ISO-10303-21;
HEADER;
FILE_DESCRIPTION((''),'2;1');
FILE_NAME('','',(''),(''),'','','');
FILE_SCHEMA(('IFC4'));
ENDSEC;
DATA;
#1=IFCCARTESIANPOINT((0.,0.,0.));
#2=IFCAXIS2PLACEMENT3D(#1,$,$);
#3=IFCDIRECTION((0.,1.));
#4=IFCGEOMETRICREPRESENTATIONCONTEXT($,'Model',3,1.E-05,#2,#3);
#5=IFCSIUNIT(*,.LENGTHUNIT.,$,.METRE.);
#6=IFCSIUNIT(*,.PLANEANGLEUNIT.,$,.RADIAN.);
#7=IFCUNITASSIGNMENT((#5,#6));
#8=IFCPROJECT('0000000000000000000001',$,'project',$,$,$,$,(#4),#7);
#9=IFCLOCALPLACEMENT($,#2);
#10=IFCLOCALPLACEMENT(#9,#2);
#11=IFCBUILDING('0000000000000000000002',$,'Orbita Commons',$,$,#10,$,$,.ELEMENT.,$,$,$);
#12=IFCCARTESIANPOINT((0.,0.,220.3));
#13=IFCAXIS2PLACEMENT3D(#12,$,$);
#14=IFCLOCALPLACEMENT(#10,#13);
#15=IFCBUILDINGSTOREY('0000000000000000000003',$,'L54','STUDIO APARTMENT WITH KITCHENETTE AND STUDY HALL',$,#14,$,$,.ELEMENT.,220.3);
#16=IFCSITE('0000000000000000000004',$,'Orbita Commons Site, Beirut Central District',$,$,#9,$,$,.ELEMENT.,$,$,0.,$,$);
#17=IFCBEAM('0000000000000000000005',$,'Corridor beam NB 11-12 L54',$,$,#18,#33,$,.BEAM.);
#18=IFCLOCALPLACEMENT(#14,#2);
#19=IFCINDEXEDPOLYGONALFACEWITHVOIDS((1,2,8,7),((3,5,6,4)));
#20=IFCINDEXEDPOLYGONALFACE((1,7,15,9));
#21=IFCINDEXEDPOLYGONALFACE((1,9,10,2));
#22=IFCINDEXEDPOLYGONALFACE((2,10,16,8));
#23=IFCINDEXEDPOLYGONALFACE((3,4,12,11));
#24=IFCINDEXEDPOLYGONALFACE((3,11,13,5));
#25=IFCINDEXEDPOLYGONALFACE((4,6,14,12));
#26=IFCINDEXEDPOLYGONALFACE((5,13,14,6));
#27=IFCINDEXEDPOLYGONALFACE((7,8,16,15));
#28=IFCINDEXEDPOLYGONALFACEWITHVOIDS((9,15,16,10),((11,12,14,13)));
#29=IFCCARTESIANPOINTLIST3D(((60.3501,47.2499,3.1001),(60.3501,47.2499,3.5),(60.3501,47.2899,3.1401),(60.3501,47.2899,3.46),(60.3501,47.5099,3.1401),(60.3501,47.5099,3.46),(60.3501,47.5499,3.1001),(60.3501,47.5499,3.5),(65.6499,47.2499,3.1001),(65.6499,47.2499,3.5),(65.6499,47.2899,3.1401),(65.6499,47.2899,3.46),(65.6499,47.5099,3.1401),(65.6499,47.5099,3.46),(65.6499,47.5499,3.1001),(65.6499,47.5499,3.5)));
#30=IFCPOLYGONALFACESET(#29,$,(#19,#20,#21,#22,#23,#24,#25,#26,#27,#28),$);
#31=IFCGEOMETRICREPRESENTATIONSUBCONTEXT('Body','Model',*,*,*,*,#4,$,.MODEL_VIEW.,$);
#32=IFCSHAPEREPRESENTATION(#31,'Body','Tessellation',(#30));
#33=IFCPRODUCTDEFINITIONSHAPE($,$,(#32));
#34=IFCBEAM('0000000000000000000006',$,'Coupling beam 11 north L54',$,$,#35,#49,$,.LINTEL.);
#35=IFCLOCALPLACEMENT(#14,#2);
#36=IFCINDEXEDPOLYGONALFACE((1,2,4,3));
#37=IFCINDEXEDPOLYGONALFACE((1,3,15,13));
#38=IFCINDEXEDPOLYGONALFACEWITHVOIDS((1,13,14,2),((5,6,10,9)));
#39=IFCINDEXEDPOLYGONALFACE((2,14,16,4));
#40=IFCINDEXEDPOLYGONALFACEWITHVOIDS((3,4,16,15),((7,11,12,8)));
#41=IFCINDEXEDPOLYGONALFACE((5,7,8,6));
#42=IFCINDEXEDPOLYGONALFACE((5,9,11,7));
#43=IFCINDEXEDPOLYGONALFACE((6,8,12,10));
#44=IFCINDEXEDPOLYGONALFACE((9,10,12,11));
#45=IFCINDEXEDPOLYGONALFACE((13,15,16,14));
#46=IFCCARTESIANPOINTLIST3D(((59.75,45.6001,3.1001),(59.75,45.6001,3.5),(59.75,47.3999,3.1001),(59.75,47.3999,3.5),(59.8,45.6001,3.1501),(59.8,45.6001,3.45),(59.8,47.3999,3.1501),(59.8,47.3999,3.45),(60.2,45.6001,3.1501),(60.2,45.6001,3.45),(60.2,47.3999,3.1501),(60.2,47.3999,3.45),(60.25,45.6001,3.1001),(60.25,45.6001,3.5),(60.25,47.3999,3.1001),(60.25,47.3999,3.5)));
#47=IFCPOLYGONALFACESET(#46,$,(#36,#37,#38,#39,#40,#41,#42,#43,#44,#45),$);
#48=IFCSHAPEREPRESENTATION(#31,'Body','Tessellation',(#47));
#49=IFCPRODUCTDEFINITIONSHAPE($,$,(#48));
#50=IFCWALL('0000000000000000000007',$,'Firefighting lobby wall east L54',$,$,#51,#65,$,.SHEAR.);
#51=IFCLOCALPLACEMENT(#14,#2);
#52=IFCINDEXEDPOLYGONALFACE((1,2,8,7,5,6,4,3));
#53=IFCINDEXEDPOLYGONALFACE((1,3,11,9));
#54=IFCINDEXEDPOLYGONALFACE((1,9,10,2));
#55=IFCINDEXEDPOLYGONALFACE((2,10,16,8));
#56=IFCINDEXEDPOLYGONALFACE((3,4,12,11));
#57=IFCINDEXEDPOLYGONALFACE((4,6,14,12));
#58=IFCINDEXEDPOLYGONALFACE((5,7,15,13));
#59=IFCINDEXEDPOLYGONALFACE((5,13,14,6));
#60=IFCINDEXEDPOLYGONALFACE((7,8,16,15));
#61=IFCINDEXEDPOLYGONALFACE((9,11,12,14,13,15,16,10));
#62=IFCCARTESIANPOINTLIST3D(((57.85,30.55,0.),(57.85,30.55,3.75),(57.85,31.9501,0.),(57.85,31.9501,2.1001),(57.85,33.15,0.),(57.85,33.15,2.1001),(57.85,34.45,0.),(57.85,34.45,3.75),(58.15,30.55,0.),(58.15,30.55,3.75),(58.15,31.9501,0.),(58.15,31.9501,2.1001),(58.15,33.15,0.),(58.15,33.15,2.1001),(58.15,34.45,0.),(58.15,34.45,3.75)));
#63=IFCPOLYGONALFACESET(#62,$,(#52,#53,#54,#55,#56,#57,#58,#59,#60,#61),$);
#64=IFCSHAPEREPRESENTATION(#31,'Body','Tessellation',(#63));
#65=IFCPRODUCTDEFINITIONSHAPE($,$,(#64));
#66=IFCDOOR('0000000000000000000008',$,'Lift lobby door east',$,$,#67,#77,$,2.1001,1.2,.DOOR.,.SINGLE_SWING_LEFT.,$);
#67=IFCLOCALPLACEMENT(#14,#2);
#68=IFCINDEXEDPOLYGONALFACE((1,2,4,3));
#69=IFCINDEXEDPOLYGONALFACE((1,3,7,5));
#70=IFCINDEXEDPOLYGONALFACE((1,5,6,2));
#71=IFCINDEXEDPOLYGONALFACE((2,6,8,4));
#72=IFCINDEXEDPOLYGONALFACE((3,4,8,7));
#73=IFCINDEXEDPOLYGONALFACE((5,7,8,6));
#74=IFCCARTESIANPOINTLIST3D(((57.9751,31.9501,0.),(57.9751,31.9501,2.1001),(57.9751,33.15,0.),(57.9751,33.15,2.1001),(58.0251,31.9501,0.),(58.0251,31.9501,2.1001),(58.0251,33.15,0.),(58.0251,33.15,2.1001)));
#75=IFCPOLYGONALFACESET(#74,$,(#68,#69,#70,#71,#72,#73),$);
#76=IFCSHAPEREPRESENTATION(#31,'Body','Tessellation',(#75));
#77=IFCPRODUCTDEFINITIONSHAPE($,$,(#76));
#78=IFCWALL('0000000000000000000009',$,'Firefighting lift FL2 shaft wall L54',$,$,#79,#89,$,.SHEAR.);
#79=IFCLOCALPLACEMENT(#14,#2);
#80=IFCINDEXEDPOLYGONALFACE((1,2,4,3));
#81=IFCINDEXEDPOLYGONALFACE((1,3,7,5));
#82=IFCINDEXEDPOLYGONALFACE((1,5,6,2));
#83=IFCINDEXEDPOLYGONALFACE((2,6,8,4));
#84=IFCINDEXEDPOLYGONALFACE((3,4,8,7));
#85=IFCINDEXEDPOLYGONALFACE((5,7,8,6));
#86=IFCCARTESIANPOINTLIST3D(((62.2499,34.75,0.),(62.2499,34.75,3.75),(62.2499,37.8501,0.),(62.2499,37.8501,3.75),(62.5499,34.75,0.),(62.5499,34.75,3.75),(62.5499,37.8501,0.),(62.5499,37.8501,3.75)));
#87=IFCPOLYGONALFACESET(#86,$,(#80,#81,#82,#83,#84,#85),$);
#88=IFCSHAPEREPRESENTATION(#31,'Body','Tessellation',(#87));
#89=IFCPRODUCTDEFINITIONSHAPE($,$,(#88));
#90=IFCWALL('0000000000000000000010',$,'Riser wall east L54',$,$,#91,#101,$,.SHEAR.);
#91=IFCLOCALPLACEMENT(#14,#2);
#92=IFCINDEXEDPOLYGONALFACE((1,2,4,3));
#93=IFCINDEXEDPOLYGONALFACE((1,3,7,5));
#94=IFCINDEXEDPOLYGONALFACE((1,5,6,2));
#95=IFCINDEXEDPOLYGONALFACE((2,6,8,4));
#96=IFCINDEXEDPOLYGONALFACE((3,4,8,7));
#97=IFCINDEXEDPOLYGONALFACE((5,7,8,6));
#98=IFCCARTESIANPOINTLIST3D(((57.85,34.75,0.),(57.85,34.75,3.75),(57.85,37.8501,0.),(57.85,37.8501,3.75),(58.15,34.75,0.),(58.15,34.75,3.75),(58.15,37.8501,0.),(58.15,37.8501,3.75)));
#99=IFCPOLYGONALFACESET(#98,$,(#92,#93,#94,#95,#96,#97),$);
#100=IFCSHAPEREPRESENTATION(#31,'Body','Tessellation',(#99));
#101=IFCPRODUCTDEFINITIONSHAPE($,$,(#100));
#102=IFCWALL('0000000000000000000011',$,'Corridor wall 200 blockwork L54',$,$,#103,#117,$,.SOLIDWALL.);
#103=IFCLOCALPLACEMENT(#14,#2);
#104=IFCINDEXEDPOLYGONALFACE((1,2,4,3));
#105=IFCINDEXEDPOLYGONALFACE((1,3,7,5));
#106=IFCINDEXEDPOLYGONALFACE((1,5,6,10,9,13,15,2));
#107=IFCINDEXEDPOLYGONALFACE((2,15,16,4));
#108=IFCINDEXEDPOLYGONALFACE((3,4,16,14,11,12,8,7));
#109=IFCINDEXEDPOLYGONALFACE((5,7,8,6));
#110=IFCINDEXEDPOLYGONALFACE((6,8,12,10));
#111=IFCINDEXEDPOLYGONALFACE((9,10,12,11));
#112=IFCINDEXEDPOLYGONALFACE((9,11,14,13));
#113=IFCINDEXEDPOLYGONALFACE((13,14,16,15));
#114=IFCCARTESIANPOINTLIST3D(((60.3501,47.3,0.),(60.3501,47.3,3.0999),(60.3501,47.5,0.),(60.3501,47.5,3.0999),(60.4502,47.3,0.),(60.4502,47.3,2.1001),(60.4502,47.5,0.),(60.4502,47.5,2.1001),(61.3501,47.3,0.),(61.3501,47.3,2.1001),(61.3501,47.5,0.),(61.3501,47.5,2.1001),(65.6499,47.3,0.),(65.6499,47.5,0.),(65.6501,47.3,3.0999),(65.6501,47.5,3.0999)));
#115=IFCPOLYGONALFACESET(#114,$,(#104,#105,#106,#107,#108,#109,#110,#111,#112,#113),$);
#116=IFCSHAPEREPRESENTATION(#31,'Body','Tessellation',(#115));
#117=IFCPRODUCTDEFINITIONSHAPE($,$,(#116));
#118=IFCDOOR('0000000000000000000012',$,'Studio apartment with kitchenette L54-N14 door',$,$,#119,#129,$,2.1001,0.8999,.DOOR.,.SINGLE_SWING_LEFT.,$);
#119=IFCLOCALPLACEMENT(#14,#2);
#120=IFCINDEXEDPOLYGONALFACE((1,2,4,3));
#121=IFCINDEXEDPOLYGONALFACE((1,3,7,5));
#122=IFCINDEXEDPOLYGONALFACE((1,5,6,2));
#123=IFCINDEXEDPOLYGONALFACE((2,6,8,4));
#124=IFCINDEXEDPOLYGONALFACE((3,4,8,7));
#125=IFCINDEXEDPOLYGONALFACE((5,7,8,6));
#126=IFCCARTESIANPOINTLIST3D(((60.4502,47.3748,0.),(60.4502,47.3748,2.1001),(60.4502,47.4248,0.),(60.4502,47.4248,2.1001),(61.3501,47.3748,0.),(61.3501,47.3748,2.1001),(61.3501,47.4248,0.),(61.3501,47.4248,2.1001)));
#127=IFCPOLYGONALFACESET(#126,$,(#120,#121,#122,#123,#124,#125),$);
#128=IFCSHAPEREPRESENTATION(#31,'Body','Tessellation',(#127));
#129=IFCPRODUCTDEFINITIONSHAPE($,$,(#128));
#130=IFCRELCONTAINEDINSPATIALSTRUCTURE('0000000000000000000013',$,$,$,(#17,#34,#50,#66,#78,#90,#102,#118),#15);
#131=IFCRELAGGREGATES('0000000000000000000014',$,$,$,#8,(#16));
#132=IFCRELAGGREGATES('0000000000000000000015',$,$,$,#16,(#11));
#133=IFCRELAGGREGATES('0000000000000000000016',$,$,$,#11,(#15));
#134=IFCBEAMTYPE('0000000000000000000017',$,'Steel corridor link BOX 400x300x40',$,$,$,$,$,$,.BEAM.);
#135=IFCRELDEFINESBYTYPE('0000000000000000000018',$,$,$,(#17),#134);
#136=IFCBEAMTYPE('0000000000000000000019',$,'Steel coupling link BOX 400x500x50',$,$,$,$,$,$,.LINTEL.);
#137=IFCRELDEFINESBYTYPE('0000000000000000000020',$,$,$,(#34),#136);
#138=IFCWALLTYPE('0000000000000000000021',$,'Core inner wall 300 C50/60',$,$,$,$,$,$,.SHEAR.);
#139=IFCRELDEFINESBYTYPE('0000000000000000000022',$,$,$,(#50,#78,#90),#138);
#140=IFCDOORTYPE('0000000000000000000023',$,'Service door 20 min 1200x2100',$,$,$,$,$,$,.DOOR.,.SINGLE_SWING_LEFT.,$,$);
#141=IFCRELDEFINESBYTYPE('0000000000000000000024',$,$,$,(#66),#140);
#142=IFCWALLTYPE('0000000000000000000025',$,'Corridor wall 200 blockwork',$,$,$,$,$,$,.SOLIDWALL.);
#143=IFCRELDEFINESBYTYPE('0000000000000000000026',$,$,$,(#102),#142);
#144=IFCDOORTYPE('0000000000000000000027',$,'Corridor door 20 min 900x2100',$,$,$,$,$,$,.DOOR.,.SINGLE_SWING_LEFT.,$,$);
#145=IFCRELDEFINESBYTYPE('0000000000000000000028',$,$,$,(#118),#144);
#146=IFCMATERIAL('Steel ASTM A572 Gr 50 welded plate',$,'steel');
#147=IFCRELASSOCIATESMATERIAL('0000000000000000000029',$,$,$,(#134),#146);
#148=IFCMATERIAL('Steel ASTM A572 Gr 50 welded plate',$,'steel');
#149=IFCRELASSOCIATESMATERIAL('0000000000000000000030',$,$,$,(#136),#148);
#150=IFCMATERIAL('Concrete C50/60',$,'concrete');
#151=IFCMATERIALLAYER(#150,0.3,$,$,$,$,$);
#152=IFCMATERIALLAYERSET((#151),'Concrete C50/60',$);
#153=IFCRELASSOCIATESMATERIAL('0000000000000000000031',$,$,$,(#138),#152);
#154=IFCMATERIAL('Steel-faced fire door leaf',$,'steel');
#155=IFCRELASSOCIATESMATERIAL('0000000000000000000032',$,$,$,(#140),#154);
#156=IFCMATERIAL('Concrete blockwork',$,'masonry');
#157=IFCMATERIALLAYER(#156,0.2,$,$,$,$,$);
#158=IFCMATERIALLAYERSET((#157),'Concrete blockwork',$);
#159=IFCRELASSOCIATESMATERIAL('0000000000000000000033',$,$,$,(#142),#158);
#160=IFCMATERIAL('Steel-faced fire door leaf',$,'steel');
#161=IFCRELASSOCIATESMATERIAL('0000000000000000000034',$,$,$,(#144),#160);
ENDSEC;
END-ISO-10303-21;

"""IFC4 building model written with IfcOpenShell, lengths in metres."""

from ifc_helpers import new_model, si_unit, direction, frame, frame_2d, origin, origin_2d, place, context, subcontext, project, spatial, polyline, rectangle, hollow_rectangle, outline, extrude, material, layer, layer_set, material_profile, profile_set, type_object, element, fill, save


model = new_model("IFC4")

# Units and contexts
model_context = context("Model", 3, precision=1e-05, world=origin(), true_north=direction((0.0, 1.0)))
body_context = subcontext(model_context, "Body", "Model", "MODEL_VIEW")
ifc_project = project(units=[si_unit("LENGTHUNIT", "METRE"), si_unit("PLANEANGLEUNIT", "RADIAN")], contexts=[model_context])

# Site, building, storey
site_placement = place(None, origin())
site = spatial("IfcSite", under=ifc_project, at=site_placement, Name="Orbita Commons Site, Beirut Central District", CompositionType="ELEMENT", RefElevation=0.0)
building_placement = place(site_placement, origin())
building = spatial("IfcBuilding", under=site, at=building_placement, Name="Orbita Commons", CompositionType="ELEMENT")
storey_placement = place(building_placement, frame((0.0, 0.0, 220.3)))
storey = spatial("IfcBuildingStorey", under=building, at=storey_placement, Name="L54", Description="STUDIO APARTMENT WITH KITCHENETTE AND STUDY HALL", CompositionType="ELEMENT", Elevation=220.3)

# Beams
ifc_material_1 = material(Name="Steel ASTM A572 Gr 50 welded plate", Category="steel")
ifc_material_profile_1 = material_profile(ifc_material_1, hollow_rectangle(XDim=0.3, YDim=0.3999, WallThickness=0.04, at=origin_2d()), Name="BOX 400x300x40")
ifc_profile_set_1 = profile_set([ifc_material_profile_1], Name="Steel ASTM A572 Gr 50 welded plate")
beam_type_1 = type_object("IfcBeamType", Name="Steel corridor link BOX 400x300x40", PredefinedType="BEAM", material=ifc_profile_set_1)
beam_1_placement = place(storey_placement, frame((60.3501, 47.3999, 3.3), z_axis=(1.0, 0.0, 0.0), x_axis=(0.0, 1.0, 0.0)))
element("IfcBeam", 1, at=beam_1_placement, inside=storey, type_object=beam_type_1, Name="Corridor beam NB 11-12 L54", PredefinedType="BEAM", context=body_context, shape_type="SweptSolid", body=[
    extrude(hollow_rectangle(XDim=0.3, YDim=0.3999, WallThickness=0.04, at=origin_2d()), origin(), (0.0, 0.0, 1.0), 5.2998),
])
ifc_material_2 = material(Name="Steel ASTM A572 Gr 50 welded plate", Category="steel")
ifc_material_profile_2 = material_profile(ifc_material_2, hollow_rectangle(XDim=0.5, YDim=0.3999, WallThickness=0.05, at=origin_2d()), Name="BOX 400x500x50")
ifc_profile_set_2 = profile_set([ifc_material_profile_2], Name="Steel ASTM A572 Gr 50 welded plate")
beam_type_2 = type_object("IfcBeamType", Name="Steel coupling link BOX 400x500x50", PredefinedType="LINTEL", material=ifc_profile_set_2)
beam_2_placement = place(storey_placement, frame((60.0, 45.6001, 3.3), z_axis=(0.0, 1.0, 0.0), x_axis=(-1.0, 0.0, 0.0)))
element("IfcBeam", 2, at=beam_2_placement, inside=storey, type_object=beam_type_2, Name="Coupling beam 11 north L54", PredefinedType="LINTEL", context=body_context, shape_type="SweptSolid", body=[
    extrude(hollow_rectangle(XDim=0.5, YDim=0.3999, WallThickness=0.05, at=origin_2d()), origin(), (0.0, 0.0, 1.0), 1.7998),
])

# Wall, opening, door
ifc_material_3 = material(Name="Concrete C50/60", Category="concrete")
ifc_layer_1 = layer(ifc_material_3, 0.3)
ifc_layer_set_1 = layer_set([ifc_layer_1], Name="Concrete C50/60")
wall_type_1 = type_object("IfcWallType", Name="Core inner wall 300 C50/60", PredefinedType="SHEAR", material=ifc_layer_set_1)
wall_1_placement = place(storey_placement, frame((58.0, 30.55, 0.0), z_axis=(0.0, 0.0, 1.0), x_axis=(0.0, 1.0, 0.0)))
wall_1 = element("IfcWall", 3, at=wall_1_placement, inside=storey, type_object=wall_type_1, Name="Firefighting lobby wall east L54", PredefinedType="SHEAR", context=body_context, shape_type="SweptSolid", body=[
    extrude(rectangle(XDim=3.8999, YDim=0.3, at=frame_2d((1.95, 0.0))), origin(), (0.0, 0.0, 1.0), 3.75),
])
opening_1_placement = place(wall_1_placement, frame((1.3999, 0.0, 0.0)))
opening_1 = element("IfcOpeningElement", 4, at=opening_1_placement, cuts=wall_1, PredefinedType="OPENING", context=body_context, shape_type="SweptSolid", body=[
    extrude(rectangle(XDim=1.2, YDim=2.1001, at=frame_2d((0.6001, 1.05))), frame((0.0, 0.1599, 0.0), z_axis=(0.0, -1.0, 0.0), x_axis=(1.0, 0.0, 0.0)), (0.0, 0.0, 1.0), 0.3201),
])
ifc_material_4 = material(Name="Steel-faced fire door leaf", Category="steel")
door_type_1 = type_object("IfcDoorType", Name="Service door 20 min 1200x2100", OperationType="SINGLE_SWING_LEFT", PredefinedType="DOOR", material=ifc_material_4)
door_1_placement = place(opening_1_placement, origin())
door_1 = element("IfcDoor", 5, at=door_1_placement, inside=storey, type_object=door_type_1, Name="Lift lobby door east", OperationType="SINGLE_SWING_LEFT", OverallHeight=2.1001, OverallWidth=1.2, PredefinedType="DOOR", context=body_context, shape_type="SweptSolid", body=[
    extrude(rectangle(XDim=1.2, YDim=2.1001, at=frame_2d((0.6001, 1.05))), frame((0.0, 0.0249, 0.0), z_axis=(0.0, -1.0, 0.0), x_axis=(1.0, 0.0, 0.0)), (0.0, 0.0, 1.0), 0.05),
])
fill(opening_1, door_1)

# Walls
for number, where, z_axis, x_axis, name in (
    (6, (62.3999, 34.75, 0.0), (0.0, 0.0, 1.0), (0.0, 1.0, 0.0), "Firefighting lift FL2 shaft wall L54"),
    (7, (58.0, 34.75, 0.0), (0.0, 0.0, 1.0), (0.0, 1.0, 0.0), "Riser wall east L54"),
):
    element("IfcWall", number, at=place(storey_placement, frame(where, z_axis=z_axis, x_axis=x_axis)), inside=storey, type_object=wall_type_1, Name=name, PredefinedType="SHEAR", context=body_context, shape_type="SweptSolid", body=[
        extrude(rectangle(XDim=3.1001, YDim=0.3, at=frame_2d((1.55, 0.0))), origin(), (0.0, 0.0, 1.0), 3.75),
    ])

# Wall, opening, door
ifc_material_5 = material(Name="Concrete blockwork", Category="masonry")
ifc_layer_2 = layer(ifc_material_5, 0.2)
ifc_layer_set_2 = layer_set([ifc_layer_2], Name="Concrete blockwork")
wall_type_2 = type_object("IfcWallType", Name="Corridor wall 200 blockwork", PredefinedType="SOLIDWALL", material=ifc_layer_set_2)
wall_2_placement = place(storey_placement, frame((60.3501, 47.3999, 0.0), z_axis=(0.0, 0.0, 1.0), x_axis=(1.0, 0.0, 0.0)))
wall_2 = element("IfcWall", 8, at=wall_2_placement, inside=storey, type_object=wall_type_2, Name="Corridor wall 200 blockwork L54", PredefinedType="SOLIDWALL", context=body_context, shape_type="SweptSolid", body=[
    extrude(outline(polyline([(0.0, 0.0), (5.2998, 0.0), (5.3, 3.0999), (0.0, 3.0999), (0.0, 0.0)])), frame((0.0, 0.1001, 0.0), z_axis=(0.0, -1.0, 0.0), x_axis=(1.0, 0.0, 0.0)), (0.0, 0.0, 1.0), 0.2),
])
opening_2_placement = place(wall_2_placement, frame((0.1001, 0.0, 0.0)))
opening_2 = element("IfcOpeningElement", 9, at=opening_2_placement, cuts=wall_2, PredefinedType="OPENING", context=body_context, shape_type="SweptSolid", body=[
    extrude(rectangle(XDim=0.8999, YDim=2.1001, at=frame_2d((0.45, 1.05))), frame((0.0, 0.1099, 0.0), z_axis=(0.0, -1.0, 0.0), x_axis=(1.0, 0.0, 0.0)), (0.0, 0.0, 1.0), 0.22),
])
ifc_material_6 = material(Name="Steel-faced fire door leaf", Category="steel")
door_type_2 = type_object("IfcDoorType", Name="Corridor door 20 min 900x2100", OperationType="SINGLE_SWING_LEFT", PredefinedType="DOOR", material=ifc_material_6)
door_2_placement = place(opening_2_placement, origin())
door_2 = element("IfcDoor", 10, at=door_2_placement, inside=storey, type_object=door_type_2, Name="Studio apartment with kitchenette L54-N14 door", OperationType="SINGLE_SWING_LEFT", OverallHeight=2.1001, OverallWidth=0.8999, PredefinedType="DOOR", context=body_context, shape_type="SweptSolid", body=[
    extrude(rectangle(XDim=0.8999, YDim=2.1001, at=frame_2d((0.45, 1.05))), frame((0.0, 0.0249, 0.0), z_axis=(0.0, -1.0, 0.0), x_axis=(1.0, 0.0, 0.0)), (0.0, 0.0, 1.0), 0.05),
])
fill(opening_2, door_2)

save(model, "model.ifc")
